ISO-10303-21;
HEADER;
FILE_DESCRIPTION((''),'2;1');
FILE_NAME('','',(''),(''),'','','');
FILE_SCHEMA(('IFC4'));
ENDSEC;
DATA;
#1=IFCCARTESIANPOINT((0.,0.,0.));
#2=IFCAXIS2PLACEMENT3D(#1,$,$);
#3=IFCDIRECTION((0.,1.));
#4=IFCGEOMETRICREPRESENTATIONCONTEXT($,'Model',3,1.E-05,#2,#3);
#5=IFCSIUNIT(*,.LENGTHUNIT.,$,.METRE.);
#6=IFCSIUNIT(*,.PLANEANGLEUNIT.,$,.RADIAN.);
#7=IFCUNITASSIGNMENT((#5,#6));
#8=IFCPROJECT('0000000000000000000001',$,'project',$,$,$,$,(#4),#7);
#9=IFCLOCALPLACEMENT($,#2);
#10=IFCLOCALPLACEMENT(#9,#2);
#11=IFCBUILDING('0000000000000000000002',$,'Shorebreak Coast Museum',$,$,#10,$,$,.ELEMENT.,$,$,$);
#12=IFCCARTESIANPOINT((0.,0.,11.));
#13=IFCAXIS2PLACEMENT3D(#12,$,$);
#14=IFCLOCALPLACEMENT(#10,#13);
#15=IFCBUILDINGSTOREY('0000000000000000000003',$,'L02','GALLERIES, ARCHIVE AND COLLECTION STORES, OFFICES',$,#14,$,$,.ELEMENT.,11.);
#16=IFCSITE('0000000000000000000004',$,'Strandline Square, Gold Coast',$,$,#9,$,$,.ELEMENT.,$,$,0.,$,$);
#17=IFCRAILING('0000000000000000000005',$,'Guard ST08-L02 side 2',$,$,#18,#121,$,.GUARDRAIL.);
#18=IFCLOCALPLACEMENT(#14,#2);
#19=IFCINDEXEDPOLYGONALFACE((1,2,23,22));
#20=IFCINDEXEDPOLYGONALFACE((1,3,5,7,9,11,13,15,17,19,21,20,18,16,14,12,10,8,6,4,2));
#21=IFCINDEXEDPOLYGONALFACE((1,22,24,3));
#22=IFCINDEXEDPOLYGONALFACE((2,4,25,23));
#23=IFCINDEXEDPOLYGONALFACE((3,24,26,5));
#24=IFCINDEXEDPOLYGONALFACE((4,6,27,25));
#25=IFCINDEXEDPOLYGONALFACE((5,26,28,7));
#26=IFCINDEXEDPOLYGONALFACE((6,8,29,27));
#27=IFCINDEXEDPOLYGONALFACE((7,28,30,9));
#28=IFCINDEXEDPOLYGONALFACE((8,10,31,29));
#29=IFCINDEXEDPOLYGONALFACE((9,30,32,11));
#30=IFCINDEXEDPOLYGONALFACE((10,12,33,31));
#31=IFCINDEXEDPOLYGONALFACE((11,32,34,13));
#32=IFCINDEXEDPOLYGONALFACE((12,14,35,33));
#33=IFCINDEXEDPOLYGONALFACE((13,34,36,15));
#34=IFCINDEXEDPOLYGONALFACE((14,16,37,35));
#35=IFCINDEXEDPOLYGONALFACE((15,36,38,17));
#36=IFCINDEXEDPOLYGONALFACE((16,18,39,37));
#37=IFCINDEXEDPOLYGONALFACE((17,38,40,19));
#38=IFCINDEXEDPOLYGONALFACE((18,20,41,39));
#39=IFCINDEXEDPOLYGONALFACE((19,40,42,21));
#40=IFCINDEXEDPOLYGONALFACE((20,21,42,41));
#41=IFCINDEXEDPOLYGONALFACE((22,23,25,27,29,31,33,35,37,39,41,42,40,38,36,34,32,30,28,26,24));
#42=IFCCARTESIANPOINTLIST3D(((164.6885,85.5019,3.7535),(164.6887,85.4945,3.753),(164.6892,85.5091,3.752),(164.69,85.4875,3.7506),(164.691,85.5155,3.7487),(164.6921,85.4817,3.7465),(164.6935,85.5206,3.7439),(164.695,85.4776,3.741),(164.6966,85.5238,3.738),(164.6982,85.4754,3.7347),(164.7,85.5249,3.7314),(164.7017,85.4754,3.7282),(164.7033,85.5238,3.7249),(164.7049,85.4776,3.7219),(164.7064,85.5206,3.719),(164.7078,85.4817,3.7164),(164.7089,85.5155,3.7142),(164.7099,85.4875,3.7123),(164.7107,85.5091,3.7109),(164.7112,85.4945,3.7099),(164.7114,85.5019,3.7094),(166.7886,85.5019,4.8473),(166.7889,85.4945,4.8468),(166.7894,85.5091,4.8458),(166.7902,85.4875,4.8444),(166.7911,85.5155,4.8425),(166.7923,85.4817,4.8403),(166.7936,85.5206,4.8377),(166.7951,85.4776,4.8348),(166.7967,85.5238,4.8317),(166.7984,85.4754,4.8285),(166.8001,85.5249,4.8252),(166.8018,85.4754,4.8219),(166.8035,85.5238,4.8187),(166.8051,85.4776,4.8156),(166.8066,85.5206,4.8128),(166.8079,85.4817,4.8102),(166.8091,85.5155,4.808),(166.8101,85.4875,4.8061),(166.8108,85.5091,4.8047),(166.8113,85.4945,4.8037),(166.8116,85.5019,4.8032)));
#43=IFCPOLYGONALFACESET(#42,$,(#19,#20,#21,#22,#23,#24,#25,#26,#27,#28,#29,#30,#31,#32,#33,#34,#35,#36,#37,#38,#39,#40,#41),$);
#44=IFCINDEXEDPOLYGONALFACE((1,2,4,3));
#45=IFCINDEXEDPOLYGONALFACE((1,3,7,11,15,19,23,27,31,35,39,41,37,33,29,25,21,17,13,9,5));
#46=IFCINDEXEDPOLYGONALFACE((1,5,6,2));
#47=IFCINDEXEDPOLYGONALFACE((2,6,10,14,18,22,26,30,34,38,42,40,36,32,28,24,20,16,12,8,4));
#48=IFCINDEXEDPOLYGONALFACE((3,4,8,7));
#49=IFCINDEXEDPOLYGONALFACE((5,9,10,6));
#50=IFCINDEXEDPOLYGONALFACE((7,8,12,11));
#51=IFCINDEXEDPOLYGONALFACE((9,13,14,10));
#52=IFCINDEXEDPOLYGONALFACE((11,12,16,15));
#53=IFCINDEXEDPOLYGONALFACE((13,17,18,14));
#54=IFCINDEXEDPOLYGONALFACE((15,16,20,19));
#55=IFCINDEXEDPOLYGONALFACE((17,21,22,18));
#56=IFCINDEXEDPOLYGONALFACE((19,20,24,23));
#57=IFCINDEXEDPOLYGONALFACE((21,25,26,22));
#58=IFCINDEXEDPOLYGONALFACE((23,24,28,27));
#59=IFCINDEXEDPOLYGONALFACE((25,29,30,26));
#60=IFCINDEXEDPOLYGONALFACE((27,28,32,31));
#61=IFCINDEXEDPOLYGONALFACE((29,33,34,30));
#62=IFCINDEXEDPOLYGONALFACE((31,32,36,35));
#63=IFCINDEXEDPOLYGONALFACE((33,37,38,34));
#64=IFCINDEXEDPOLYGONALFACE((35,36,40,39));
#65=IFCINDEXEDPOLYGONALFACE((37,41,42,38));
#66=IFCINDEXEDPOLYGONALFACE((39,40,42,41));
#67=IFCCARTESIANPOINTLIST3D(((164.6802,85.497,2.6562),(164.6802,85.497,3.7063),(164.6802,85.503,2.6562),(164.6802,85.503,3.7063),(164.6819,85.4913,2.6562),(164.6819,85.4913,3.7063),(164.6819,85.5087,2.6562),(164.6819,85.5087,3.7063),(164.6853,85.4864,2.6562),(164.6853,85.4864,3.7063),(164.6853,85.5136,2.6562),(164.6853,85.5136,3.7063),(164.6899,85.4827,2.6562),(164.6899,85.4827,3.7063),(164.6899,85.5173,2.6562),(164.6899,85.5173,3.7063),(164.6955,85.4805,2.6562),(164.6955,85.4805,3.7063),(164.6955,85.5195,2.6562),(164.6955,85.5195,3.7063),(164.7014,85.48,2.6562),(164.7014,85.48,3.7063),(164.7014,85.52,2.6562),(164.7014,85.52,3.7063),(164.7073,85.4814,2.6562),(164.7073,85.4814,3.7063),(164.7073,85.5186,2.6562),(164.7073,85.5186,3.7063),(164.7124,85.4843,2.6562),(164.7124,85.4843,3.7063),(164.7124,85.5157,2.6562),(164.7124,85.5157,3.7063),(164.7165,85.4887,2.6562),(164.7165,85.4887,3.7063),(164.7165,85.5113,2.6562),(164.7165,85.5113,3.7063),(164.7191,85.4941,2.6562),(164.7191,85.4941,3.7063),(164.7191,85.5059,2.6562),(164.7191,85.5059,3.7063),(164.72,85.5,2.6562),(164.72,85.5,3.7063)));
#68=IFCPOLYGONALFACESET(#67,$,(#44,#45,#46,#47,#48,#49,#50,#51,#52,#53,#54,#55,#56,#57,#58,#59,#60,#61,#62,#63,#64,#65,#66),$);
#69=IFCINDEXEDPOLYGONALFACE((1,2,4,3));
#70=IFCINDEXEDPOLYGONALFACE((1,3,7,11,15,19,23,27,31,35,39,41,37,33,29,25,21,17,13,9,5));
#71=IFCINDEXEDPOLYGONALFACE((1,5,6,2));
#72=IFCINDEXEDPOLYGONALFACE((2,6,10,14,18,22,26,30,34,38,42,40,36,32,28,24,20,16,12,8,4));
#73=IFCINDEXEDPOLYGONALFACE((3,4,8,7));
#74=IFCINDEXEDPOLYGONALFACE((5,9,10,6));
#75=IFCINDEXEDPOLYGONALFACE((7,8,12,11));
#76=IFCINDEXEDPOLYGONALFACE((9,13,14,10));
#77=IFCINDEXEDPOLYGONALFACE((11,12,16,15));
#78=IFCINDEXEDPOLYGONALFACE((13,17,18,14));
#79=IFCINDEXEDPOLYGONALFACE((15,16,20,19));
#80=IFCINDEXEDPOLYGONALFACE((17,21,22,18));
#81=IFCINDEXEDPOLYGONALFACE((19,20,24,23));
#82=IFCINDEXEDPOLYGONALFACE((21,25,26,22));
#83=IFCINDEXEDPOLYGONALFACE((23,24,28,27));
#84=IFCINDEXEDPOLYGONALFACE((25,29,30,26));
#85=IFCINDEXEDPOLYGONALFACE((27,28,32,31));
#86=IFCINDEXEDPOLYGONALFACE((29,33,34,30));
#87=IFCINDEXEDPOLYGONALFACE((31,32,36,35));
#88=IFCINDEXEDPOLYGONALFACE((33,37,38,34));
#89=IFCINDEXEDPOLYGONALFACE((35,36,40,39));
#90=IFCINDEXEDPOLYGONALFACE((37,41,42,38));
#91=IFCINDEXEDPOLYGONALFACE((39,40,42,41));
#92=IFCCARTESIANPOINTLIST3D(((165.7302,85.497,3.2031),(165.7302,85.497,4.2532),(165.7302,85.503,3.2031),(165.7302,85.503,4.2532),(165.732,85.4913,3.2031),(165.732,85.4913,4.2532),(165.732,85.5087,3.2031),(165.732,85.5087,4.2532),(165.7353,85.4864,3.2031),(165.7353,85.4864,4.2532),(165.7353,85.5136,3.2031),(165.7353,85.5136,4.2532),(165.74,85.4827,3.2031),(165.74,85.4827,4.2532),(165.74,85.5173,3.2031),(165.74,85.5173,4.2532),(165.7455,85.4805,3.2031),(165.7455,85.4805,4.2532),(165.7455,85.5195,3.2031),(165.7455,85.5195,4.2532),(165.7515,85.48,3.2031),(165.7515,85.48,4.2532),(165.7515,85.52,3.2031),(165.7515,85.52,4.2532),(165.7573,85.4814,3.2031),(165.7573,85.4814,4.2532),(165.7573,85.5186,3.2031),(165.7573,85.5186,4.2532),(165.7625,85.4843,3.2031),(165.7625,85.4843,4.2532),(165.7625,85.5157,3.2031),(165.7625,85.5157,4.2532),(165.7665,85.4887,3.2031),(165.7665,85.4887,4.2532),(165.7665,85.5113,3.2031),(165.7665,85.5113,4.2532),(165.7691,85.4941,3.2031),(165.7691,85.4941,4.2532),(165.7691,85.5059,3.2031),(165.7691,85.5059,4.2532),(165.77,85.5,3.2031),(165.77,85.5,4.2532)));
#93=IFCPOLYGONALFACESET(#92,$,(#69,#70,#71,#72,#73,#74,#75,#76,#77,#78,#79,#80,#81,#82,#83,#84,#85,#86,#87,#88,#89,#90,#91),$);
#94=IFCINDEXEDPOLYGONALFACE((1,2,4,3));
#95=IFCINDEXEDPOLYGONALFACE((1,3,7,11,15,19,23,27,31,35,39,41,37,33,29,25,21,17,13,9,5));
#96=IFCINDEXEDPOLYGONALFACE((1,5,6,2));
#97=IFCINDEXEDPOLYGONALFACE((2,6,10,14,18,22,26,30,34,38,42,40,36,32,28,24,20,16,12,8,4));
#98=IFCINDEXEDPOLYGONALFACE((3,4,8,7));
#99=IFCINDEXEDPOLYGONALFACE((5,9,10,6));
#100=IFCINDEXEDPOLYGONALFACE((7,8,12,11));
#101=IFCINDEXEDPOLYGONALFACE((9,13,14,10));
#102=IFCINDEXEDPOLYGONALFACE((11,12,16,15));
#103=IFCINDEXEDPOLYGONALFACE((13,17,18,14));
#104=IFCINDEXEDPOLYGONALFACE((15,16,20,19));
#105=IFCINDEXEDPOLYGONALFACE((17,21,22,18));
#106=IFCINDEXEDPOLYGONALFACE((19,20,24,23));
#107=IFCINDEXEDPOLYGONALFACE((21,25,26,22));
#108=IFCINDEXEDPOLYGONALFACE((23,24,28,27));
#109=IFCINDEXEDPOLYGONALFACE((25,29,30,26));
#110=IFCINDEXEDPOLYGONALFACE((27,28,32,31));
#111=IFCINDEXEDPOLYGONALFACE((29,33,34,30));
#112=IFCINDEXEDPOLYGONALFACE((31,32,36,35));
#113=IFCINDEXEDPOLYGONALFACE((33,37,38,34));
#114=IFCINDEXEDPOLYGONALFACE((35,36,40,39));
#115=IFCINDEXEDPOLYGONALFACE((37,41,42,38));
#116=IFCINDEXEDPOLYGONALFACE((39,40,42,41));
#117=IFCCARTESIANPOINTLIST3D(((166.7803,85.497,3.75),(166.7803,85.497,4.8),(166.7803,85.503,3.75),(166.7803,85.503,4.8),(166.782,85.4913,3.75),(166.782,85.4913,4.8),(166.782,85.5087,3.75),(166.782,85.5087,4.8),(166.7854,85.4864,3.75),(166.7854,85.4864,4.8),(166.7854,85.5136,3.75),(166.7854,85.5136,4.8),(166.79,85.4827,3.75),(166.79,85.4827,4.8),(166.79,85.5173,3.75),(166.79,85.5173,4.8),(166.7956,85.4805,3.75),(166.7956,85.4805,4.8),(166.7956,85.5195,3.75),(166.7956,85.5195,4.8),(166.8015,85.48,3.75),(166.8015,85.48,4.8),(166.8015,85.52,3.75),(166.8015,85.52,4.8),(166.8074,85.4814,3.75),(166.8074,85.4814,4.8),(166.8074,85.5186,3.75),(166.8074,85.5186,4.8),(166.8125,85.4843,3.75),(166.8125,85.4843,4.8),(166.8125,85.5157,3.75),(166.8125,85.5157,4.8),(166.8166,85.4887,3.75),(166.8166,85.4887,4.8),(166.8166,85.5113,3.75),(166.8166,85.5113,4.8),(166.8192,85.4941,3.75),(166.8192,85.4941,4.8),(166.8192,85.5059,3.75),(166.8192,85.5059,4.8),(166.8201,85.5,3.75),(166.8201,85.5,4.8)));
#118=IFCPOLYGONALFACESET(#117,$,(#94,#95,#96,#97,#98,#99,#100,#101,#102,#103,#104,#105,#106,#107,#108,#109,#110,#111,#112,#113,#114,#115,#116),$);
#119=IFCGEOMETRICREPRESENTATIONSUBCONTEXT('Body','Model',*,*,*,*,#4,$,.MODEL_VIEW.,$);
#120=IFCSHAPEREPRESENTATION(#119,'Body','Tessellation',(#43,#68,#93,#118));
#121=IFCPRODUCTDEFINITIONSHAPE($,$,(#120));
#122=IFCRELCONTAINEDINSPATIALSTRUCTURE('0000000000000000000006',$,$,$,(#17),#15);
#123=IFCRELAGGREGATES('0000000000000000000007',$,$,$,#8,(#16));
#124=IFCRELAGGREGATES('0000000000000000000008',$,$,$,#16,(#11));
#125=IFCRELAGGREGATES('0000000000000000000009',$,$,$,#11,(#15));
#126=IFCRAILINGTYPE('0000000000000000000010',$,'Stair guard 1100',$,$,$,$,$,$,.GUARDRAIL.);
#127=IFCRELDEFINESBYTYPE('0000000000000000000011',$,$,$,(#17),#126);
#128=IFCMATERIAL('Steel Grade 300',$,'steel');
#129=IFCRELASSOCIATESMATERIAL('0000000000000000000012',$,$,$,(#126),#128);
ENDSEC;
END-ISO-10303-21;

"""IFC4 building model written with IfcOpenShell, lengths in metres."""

from ifc_helpers import new_model, si_unit, direction, frame, origin, origin_2d, place, context, subcontext, project, spatial, circle, extrude, material, type_object, element, save


model = new_model("IFC4")

# Units and contexts
model_context = context("Model", 3, precision=1e-05, world=origin(), true_north=direction((0.0, 1.0)))
body_context = subcontext(model_context, "Body", "Model", "MODEL_VIEW")
ifc_project = project(units=[si_unit("LENGTHUNIT", "METRE"), si_unit("PLANEANGLEUNIT", "RADIAN")], contexts=[model_context])

# Site, building, storey
site_placement = place(None, origin())
site = spatial("IfcSite", under=ifc_project, at=site_placement, Name="Strandline Square, Gold Coast", CompositionType="ELEMENT", RefElevation=0.0)
building_placement = place(site_placement, origin())
building = spatial("IfcBuilding", under=site, at=building_placement, Name="Shorebreak Coast Museum", CompositionType="ELEMENT")
storey_placement = place(building_placement, frame((0.0, 0.0, 11.0)))
storey = spatial("IfcBuildingStorey", under=building, at=storey_placement, Name="L02", Description="GALLERIES, ARCHIVE AND COLLECTION STORES, OFFICES", CompositionType="ELEMENT", Elevation=11.0)

# Railing
ifc_material_1 = material(Name="Steel Grade 300", Category="steel")
railing_type_1 = type_object("IfcRailingType", Name="Stair guard 1100", PredefinedType="GUARDRAIL", material=ifc_material_1)
railing_1_placement = place(storey_placement, frame((164.7, 85.5, 2.6562)))
element("IfcRailing", 1, at=railing_1_placement, inside=storey, type_object=railing_type_1, Name="Guard ST08-L02 side 2", PredefinedType="GUARDRAIL", context=body_context, shape_type="SweptSolid", body=[
    extrude(circle(Radius=0.0249, at=origin_2d()), frame((0.0, 0.0, 1.0752), z_axis=(0.886923, 0.0, 0.461918), x_axis=(0.0, 1.0, 0.0)), (0.0, 0.0, 1.0), 2.3679),
    extrude(circle(Radius=0.02, at=origin_2d()), origin(), (0.0, 0.0, 1.0), 1.05),
    extrude(circle(Radius=0.02, at=origin_2d()), frame((1.05, 0.0, 0.5469)), (0.0, 0.0, 1.0), 1.05),
    extrude(circle(Radius=0.02, at=origin_2d()), frame((2.1001, 0.0, 1.0938)), (0.0, 0.0, 1.0), 1.05),
])

save(model, "model.ifc")
